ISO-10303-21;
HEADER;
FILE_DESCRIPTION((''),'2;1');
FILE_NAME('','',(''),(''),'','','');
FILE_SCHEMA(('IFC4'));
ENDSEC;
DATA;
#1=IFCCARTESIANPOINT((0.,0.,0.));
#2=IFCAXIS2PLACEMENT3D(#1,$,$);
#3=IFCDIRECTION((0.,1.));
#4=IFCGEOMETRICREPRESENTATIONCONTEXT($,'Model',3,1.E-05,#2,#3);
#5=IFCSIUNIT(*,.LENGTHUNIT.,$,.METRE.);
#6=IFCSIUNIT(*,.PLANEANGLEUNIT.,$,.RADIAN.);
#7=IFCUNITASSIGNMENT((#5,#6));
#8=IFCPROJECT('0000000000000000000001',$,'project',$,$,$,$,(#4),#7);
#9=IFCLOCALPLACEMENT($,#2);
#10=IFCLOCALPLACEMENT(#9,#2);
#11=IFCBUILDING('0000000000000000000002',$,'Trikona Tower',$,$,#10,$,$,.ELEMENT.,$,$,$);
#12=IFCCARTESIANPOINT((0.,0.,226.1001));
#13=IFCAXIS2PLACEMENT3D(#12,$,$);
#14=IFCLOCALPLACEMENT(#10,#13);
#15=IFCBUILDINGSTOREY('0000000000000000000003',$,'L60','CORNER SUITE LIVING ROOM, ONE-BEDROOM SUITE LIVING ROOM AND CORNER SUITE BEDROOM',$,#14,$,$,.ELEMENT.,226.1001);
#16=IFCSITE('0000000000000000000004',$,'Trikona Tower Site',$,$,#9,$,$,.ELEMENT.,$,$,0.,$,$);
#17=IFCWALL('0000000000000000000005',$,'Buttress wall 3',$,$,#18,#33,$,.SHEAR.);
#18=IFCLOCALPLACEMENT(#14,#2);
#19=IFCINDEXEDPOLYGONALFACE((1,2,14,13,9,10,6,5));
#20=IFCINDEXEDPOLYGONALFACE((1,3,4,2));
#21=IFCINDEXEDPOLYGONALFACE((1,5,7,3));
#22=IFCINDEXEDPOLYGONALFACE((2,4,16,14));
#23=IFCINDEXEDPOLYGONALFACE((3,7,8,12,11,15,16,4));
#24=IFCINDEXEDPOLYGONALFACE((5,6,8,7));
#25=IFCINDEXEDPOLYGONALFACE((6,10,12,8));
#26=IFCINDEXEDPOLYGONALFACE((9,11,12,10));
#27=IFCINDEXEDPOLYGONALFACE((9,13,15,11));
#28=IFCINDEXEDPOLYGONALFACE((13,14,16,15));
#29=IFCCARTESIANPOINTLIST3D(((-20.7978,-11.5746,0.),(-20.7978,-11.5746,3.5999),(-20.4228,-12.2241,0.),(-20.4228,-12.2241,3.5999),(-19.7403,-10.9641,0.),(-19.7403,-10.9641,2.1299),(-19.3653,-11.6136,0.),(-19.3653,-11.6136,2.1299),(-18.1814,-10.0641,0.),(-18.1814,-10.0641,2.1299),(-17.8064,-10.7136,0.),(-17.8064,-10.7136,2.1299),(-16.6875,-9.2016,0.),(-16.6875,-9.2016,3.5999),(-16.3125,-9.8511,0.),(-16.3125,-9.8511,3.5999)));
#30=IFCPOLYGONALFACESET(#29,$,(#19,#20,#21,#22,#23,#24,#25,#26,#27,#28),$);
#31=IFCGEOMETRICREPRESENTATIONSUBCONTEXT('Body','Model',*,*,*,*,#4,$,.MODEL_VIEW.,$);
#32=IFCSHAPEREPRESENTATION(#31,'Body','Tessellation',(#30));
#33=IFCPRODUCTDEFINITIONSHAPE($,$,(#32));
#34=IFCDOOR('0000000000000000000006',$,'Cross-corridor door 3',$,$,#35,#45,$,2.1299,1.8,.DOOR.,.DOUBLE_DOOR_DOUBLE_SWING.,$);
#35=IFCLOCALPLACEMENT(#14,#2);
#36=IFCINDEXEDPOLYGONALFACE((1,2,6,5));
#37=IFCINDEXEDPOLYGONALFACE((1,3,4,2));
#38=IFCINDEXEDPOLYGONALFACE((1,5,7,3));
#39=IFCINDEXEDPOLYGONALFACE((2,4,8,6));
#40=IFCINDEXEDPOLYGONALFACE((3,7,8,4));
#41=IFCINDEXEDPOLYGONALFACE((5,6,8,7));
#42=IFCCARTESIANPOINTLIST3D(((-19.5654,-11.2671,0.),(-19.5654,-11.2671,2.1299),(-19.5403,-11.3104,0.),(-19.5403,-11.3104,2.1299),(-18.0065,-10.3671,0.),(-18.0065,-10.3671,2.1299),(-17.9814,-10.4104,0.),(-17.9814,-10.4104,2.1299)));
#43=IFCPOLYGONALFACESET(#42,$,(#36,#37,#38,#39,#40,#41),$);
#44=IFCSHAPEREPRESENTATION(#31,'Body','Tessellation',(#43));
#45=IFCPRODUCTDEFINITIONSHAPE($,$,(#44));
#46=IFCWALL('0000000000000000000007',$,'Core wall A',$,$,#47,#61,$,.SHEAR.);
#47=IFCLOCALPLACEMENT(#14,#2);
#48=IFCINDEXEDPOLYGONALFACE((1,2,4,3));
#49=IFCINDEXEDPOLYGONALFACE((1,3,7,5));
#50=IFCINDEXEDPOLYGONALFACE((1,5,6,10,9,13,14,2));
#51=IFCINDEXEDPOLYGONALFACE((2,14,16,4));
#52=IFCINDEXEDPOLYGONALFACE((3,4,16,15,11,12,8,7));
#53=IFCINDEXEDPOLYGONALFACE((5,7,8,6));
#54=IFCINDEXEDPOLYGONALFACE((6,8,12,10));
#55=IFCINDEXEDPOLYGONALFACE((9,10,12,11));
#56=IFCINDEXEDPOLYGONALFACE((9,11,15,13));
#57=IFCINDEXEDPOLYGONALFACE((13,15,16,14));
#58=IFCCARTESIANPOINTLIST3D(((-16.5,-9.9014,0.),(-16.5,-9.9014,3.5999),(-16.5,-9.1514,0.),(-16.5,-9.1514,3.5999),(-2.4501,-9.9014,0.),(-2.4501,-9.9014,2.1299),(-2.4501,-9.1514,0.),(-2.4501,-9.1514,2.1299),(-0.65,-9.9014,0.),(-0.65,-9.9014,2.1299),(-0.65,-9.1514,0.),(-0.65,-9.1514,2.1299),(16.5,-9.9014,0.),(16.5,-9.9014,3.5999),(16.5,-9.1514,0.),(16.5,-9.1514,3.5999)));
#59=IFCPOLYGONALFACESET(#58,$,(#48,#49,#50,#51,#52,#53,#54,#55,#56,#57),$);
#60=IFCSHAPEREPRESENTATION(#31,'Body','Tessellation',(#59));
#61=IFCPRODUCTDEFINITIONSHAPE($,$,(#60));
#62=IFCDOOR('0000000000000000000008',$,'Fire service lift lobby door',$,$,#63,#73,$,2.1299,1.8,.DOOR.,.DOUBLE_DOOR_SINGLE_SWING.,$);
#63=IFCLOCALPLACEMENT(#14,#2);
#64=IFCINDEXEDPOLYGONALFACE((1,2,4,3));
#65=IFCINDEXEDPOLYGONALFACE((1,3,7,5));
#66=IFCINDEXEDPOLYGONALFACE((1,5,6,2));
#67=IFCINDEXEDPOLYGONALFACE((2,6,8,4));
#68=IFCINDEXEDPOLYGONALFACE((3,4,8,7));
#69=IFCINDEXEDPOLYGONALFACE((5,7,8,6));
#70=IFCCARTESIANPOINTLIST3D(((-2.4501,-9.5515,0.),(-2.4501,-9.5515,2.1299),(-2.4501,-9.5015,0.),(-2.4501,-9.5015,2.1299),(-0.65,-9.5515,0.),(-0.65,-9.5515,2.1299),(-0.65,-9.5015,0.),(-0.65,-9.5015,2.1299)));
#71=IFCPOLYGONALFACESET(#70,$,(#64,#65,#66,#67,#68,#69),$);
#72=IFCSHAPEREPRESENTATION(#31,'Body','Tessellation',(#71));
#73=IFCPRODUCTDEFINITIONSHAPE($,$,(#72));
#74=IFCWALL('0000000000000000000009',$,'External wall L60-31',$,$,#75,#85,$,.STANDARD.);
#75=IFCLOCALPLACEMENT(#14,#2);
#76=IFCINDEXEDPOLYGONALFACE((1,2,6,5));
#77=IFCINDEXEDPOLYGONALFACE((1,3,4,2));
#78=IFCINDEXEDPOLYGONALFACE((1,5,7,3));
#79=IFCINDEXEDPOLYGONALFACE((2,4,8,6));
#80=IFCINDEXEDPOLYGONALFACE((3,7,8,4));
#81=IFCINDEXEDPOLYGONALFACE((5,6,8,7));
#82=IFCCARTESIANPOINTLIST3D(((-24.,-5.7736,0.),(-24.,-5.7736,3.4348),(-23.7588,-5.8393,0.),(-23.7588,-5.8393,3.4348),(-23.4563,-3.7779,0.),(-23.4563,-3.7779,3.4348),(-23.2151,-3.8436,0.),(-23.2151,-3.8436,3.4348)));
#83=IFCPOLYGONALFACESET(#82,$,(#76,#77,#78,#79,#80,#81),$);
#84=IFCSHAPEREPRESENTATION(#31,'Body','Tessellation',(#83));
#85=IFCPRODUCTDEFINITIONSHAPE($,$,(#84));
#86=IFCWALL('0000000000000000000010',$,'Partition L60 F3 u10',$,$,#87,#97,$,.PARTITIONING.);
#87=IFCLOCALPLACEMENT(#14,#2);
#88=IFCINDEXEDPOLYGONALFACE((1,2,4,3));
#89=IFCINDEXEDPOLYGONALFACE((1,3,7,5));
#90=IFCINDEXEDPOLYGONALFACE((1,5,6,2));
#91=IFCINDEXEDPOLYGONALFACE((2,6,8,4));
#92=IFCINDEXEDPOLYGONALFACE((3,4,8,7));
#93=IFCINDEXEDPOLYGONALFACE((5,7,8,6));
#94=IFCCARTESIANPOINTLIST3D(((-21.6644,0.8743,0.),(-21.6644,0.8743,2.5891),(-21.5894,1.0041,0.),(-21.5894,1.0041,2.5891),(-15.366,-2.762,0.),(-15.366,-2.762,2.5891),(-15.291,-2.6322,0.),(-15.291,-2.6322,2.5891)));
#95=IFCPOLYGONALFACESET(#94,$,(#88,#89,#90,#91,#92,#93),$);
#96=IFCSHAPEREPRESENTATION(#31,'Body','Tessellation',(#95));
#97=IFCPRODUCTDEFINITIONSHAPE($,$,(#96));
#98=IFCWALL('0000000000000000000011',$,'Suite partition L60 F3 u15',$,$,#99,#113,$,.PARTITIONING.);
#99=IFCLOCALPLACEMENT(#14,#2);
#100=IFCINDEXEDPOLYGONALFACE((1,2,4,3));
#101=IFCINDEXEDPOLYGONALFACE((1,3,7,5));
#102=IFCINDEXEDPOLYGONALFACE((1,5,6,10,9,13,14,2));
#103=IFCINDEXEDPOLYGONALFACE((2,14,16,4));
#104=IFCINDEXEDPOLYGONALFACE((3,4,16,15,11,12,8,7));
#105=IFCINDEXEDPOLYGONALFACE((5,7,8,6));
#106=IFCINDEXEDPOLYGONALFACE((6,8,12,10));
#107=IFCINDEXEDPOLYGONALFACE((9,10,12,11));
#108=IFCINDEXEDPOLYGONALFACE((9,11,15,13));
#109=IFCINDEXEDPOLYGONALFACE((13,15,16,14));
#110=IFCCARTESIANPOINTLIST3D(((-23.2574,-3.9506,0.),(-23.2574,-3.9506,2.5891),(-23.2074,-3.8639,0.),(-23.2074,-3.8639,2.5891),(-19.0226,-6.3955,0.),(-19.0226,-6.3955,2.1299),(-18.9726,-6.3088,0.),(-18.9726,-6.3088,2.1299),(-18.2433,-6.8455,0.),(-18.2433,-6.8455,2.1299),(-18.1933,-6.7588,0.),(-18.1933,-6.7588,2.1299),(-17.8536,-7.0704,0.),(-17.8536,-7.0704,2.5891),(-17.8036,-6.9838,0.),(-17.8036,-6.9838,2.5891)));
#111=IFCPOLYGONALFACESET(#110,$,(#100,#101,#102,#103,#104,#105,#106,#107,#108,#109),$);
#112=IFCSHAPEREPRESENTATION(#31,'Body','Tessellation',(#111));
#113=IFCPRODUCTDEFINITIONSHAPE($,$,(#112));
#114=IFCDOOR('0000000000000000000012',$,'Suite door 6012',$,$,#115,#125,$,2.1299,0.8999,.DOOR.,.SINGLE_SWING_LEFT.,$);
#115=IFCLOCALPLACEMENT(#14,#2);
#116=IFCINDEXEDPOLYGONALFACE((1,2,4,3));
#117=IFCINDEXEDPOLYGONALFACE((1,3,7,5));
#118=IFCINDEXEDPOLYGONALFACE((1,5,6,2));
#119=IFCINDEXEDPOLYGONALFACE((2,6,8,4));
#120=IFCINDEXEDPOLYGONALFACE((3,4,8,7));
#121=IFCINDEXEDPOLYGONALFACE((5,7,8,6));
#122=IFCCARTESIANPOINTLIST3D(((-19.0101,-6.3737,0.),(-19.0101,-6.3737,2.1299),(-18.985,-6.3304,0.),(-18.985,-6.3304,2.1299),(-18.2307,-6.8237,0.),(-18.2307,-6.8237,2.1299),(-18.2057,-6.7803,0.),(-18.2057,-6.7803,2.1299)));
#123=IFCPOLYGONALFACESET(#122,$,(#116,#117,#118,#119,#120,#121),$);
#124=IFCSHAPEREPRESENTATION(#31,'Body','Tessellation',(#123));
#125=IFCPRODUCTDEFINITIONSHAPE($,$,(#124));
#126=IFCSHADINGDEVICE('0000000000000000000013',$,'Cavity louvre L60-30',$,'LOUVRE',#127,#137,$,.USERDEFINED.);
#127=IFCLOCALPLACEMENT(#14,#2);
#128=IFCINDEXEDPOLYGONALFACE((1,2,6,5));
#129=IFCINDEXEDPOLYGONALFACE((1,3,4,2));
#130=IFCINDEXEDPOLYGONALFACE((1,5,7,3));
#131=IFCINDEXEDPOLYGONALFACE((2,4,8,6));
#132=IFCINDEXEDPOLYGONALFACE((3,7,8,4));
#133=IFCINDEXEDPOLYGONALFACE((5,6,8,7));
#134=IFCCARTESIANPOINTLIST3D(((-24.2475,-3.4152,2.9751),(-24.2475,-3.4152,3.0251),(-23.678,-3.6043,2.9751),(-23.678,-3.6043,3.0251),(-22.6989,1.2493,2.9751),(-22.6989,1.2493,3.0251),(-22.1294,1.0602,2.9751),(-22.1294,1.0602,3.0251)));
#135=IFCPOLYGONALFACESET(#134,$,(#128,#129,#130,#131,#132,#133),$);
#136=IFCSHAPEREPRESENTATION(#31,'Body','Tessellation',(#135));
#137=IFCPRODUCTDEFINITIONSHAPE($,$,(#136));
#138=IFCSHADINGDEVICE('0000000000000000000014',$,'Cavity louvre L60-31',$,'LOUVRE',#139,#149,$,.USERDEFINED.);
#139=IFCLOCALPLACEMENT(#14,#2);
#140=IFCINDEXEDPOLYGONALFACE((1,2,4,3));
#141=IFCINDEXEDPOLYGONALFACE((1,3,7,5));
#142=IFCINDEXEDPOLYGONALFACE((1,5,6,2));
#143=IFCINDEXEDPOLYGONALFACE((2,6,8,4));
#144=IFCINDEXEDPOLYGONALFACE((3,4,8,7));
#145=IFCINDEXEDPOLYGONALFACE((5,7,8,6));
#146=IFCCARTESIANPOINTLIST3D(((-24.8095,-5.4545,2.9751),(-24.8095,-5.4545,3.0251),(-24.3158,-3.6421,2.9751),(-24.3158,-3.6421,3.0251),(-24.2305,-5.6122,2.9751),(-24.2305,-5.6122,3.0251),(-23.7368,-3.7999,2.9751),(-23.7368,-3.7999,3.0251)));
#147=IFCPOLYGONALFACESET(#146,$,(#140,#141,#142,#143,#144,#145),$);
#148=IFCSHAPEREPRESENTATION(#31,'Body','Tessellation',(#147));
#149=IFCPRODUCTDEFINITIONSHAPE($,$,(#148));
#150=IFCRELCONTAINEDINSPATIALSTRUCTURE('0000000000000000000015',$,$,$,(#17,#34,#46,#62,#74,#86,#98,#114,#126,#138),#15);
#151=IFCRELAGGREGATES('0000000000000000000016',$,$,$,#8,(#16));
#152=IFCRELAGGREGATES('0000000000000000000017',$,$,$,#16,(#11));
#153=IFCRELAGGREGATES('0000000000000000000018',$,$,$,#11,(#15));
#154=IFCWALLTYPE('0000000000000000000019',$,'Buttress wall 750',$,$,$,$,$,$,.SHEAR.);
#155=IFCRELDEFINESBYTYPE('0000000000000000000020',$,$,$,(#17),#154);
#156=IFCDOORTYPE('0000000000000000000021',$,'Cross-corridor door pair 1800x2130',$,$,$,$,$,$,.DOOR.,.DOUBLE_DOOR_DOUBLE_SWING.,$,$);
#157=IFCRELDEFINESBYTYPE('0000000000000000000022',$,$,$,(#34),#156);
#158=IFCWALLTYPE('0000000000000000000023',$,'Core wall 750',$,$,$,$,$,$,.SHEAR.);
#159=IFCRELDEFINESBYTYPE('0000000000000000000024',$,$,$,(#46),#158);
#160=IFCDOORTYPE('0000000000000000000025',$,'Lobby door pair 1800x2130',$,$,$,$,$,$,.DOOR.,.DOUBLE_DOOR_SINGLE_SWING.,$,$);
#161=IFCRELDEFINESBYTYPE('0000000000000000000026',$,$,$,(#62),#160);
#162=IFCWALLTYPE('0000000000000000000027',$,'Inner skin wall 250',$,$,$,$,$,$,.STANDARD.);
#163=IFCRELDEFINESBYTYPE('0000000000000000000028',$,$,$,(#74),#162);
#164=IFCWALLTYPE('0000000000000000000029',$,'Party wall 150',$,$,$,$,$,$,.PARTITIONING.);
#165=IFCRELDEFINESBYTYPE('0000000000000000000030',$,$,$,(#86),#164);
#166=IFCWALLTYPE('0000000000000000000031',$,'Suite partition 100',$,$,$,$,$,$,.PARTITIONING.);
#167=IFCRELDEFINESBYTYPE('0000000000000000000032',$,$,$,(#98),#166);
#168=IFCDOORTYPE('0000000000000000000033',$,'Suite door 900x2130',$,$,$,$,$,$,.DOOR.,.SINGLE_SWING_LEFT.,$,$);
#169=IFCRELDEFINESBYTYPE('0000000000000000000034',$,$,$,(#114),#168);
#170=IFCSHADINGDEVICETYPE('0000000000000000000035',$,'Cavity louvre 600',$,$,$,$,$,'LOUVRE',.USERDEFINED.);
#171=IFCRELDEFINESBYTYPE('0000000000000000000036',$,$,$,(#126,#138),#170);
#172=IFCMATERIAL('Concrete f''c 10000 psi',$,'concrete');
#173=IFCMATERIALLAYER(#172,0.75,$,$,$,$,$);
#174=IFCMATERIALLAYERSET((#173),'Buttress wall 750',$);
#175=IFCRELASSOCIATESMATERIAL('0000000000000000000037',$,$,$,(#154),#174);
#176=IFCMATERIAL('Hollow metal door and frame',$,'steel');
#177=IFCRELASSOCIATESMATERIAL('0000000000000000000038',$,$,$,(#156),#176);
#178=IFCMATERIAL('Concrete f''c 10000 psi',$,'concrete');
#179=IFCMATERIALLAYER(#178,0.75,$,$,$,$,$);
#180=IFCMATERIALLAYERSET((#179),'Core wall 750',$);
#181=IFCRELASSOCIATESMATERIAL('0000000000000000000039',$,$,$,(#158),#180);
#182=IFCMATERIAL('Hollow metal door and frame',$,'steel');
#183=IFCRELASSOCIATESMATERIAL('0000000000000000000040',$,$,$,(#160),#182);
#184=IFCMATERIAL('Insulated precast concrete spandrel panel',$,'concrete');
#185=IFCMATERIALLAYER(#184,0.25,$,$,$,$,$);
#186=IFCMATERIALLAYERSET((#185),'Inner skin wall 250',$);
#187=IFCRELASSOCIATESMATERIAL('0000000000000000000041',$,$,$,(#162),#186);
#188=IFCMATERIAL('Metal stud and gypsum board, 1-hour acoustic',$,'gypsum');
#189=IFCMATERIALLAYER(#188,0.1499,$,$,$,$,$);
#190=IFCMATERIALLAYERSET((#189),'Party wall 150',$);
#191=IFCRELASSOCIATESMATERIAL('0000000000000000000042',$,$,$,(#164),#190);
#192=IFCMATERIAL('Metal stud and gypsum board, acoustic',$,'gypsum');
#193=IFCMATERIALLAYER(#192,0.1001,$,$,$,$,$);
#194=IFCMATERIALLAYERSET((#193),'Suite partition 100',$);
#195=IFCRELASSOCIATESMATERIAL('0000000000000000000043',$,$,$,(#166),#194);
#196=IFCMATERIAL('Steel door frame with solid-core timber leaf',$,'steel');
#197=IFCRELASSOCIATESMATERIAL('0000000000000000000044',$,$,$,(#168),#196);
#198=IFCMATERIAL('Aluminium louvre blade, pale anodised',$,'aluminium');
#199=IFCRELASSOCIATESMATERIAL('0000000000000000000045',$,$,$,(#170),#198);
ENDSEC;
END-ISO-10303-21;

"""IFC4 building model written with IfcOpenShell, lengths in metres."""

from ifc_helpers import new_model, si_unit, direction, frame, frame_2d, origin, origin_2d, place, context, subcontext, project, spatial, rectangle, extrude, material, layer, layer_set, type_object, element, fill, save


model = new_model("IFC4")

# Units and contexts
model_context = context("Model", 3, precision=1e-05, world=origin(), true_north=direction((0.0, 1.0)))
body_context = subcontext(model_context, "Body", "Model", "MODEL_VIEW")
ifc_project = project(units=[si_unit("LENGTHUNIT", "METRE"), si_unit("PLANEANGLEUNIT", "RADIAN")], contexts=[model_context])

# Site, building, storey
site_placement = place(None, origin())
site = spatial("IfcSite", under=ifc_project, at=site_placement, Name="Trikona Tower Site", CompositionType="ELEMENT", RefElevation=0.0)
building_placement = place(site_placement, origin())
building = spatial("IfcBuilding", under=site, at=building_placement, Name="Trikona Tower", CompositionType="ELEMENT")
storey_placement = place(building_placement, frame((0.0, 0.0, 226.1001)))
storey = spatial("IfcBuildingStorey", under=building, at=storey_placement, Name="L60", Description="CORNER SUITE LIVING ROOM, ONE-BEDROOM SUITE LIVING ROOM AND CORNER SUITE BEDROOM", CompositionType="ELEMENT", Elevation=226.1001)

# Walls, openings, doors
ifc_material_1 = material(Name="Concrete f'c 10000 psi", Category="concrete")
ifc_layer_1 = layer(ifc_material_1, 0.75)
ifc_layer_set_1 = layer_set([ifc_layer_1], Name="Buttress wall 750")
wall_type_1 = type_object("IfcWallType", Name="Buttress wall 750", PredefinedType="SHEAR", material=ifc_layer_set_1)
wall_1_placement = place(storey_placement, frame((-16.5, -9.5264, 0.0), z_axis=(0.0, 0.0, 1.0), x_axis=(-0.866031, -0.49999, 0.0)))
wall_1 = element("IfcWall", 1, at=wall_1_placement, inside=storey, type_object=wall_type_1, Name="Buttress wall 3", PredefinedType="SHEAR", context=body_context, shape_type="SweptSolid", body=[
    extrude(rectangle(XDim=4.7461, YDim=0.75, at=frame_2d((2.373, 0.0))), origin(), (0.0, 0.0, 1.0), 3.5999),
])
opening_1_placement = place(wall_1_placement, frame((1.7251, 0.0, 0.0)))
opening_1 = element("IfcOpeningElement", 2, at=opening_1_placement, cuts=wall_1, PredefinedType="OPENING", context=body_context, shape_type="SweptSolid", body=[
    extrude(rectangle(XDim=1.8, YDim=2.1299, at=frame_2d((0.8999, 1.0649))), frame((0.0, 0.385, 0.0), z_axis=(0.0, -1.0, 0.0), x_axis=(1.0, 0.0, 0.0)), (0.0, 0.0, 1.0), 0.77),
])
ifc_material_2 = material(Name="Hollow metal door and frame", Category="steel")
door_type_1 = type_object("IfcDoorType", Name="Cross-corridor door pair 1800x2130", OperationType="DOUBLE_DOOR_DOUBLE_SWING", PredefinedType="DOOR", material=ifc_material_2)
door_1_placement = place(opening_1_placement, origin())
door_1 = element("IfcDoor", 3, at=door_1_placement, inside=storey, type_object=door_type_1, Name="Cross-corridor door 3", OperationType="DOUBLE_DOOR_DOUBLE_SWING", OverallHeight=2.1299, OverallWidth=1.8, PredefinedType="DOOR", context=body_context, shape_type="SweptSolid", body=[
    extrude(rectangle(XDim=1.8, YDim=2.1299, at=frame_2d((0.8999, 1.0649))), frame((0.0, 0.0249, 0.0), z_axis=(0.0, -1.0, 0.0), x_axis=(1.0, 0.0, 0.0)), (0.0, 0.0, 1.0), 0.05),
])
fill(opening_1, door_1)
ifc_material_3 = material(Name="Concrete f'c 10000 psi", Category="concrete")
ifc_layer_2 = layer(ifc_material_3, 0.75)
ifc_layer_set_2 = layer_set([ifc_layer_2], Name="Core wall 750")
wall_type_2 = type_object("IfcWallType", Name="Core wall 750", PredefinedType="SHEAR", material=ifc_layer_set_2)
wall_2_placement = place(storey_placement, frame((-16.5, -9.5264, 0.0), z_axis=(0.0, 0.0, 1.0), x_axis=(1.0, 0.0, 0.0)))
wall_2 = element("IfcWall", 4, at=wall_2_placement, inside=storey, type_object=wall_type_2, Name="Core wall A", PredefinedType="SHEAR", context=body_context, shape_type="SweptSolid", body=[
    extrude(rectangle(XDim=33.0, YDim=0.75, at=frame_2d((16.5, 0.0))), origin(), (0.0, 0.0, 1.0), 3.5999),
])
opening_2_placement = place(wall_2_placement, frame((14.05, 0.0, 0.0)))
opening_2 = element("IfcOpeningElement", 5, at=opening_2_placement, cuts=wall_2, PredefinedType="OPENING", context=body_context, shape_type="SweptSolid", body=[
    extrude(rectangle(XDim=1.8, YDim=2.1299, at=frame_2d((0.8999, 1.0649))), frame((0.0, 0.385, 0.0), z_axis=(0.0, -1.0, 0.0), x_axis=(1.0, 0.0, 0.0)), (0.0, 0.0, 1.0), 0.77),
])
ifc_material_4 = material(Name="Hollow metal door and frame", Category="steel")
door_type_2 = type_object("IfcDoorType", Name="Lobby door pair 1800x2130", OperationType="DOUBLE_DOOR_SINGLE_SWING", PredefinedType="DOOR", material=ifc_material_4)
door_2_placement = place(opening_2_placement, origin())
door_2 = element("IfcDoor", 6, at=door_2_placement, inside=storey, type_object=door_type_2, Name="Fire service lift lobby door", OperationType="DOUBLE_DOOR_SINGLE_SWING", OverallHeight=2.1299, OverallWidth=1.8, PredefinedType="DOOR", context=body_context, shape_type="SweptSolid", body=[
    extrude(rectangle(XDim=1.8, YDim=2.1299, at=frame_2d((0.8999, 1.0649))), frame((0.0, 0.0249, 0.0), z_axis=(0.0, -1.0, 0.0), x_axis=(1.0, 0.0, 0.0)), (0.0, 0.0, 1.0), 0.05),
])
fill(opening_2, door_2)

# Walls
ifc_material_5 = material(Name="Insulated precast concrete spandrel panel", Category="concrete")
ifc_layer_3 = layer(ifc_material_5, 0.25)
ifc_layer_set_3 = layer_set([ifc_layer_3], Name="Inner skin wall 250")
wall_type_3 = type_object("IfcWallType", Name="Inner skin wall 250", PredefinedType="STANDARD", material=ifc_layer_set_3)
wall_3_placement = place(storey_placement, frame((-23.3357, -3.8108, 0.0), z_axis=(0.0, 0.0, 1.0), x_axis=(-0.262868, -0.964832, 0.0)))
element("IfcWall", 7, at=wall_3_placement, inside=storey, type_object=wall_type_3, Name="External wall L60-31", PredefinedType="STANDARD", context=body_context, shape_type="SweptSolid", body=[
    extrude(rectangle(XDim=2.0684, YDim=0.25, at=frame_2d((1.0342, 0.0))), origin(), (0.0, 0.0, 1.0), 3.4348),
])
ifc_material_6 = material(Name="Metal stud and gypsum board, 1-hour acoustic", Category="gypsum")
ifc_layer_4 = layer(ifc_material_6, 0.1499)
ifc_layer_set_4 = layer_set([ifc_layer_4], Name="Party wall 150")
wall_type_4 = type_object("IfcWallType", Name="Party wall 150", PredefinedType="PARTITIONING", material=ifc_layer_set_4)
wall_4_placement = place(storey_placement, frame((-15.3286, -2.697, 0.0), z_axis=(0.0, 0.0, 1.0), x_axis=(-0.866032, 0.499988, 0.0)))
element("IfcWall", 8, at=wall_4_placement, inside=storey, type_object=wall_type_4, Name="Partition L60 F3 u10", PredefinedType="PARTITIONING", context=body_context, shape_type="SweptSolid", body=[
    extrude(rectangle(XDim=7.2727, YDim=0.1499, at=frame_2d((3.6362, 0.0))), origin(), (0.0, 0.0, 1.0), 2.5891),
])

# Wall, opening, door
ifc_material_7 = material(Name="Metal stud and gypsum board, acoustic", Category="gypsum")
ifc_layer_5 = layer(ifc_material_7, 0.1001)
ifc_layer_set_5 = layer_set([ifc_layer_5], Name="Suite partition 100")
wall_type_5 = type_object("IfcWallType", Name="Suite partition 100", PredefinedType="PARTITIONING", material=ifc_layer_set_5)
wall_5_placement = place(storey_placement, frame((-17.8286, -7.0271, 0.0), z_axis=(0.0, 0.0, 1.0), x_axis=(-0.866027, 0.499998, 0.0)))
wall_5 = element("IfcWall", 9, at=wall_5_placement, inside=storey, type_object=wall_type_5, Name="Suite partition L60 F3 u15", PredefinedType="PARTITIONING", context=body_context, shape_type="SweptSolid", body=[
    extrude(rectangle(XDim=6.2397, YDim=0.1001, at=frame_2d((3.1199, 0.0))), origin(), (0.0, 0.0, 1.0), 2.5891),
])
opening_3_placement = place(wall_5_placement, frame((0.45, 0.0, 0.0)))
opening_3 = element("IfcOpeningElement", 10, at=opening_3_placement, cuts=wall_5, PredefinedType="OPENING", context=body_context, shape_type="SweptSolid", body=[
    extrude(rectangle(XDim=0.8999, YDim=2.1299, at=frame_2d((0.45, 1.0649))), frame((0.0, 0.0601, 0.0), z_axis=(0.0, -1.0, 0.0), x_axis=(1.0, 0.0, 0.0)), (0.0, 0.0, 1.0), 0.1201),
])
ifc_material_8 = material(Name="Steel door frame with solid-core timber leaf", Category="steel")
door_type_3 = type_object("IfcDoorType", Name="Suite door 900x2130", OperationType="SINGLE_SWING_LEFT", PredefinedType="DOOR", material=ifc_material_8)
door_3_placement = place(opening_3_placement, origin())
door_3 = element("IfcDoor", 11, at=door_3_placement, inside=storey, type_object=door_type_3, Name="Suite door 6012", OperationType="SINGLE_SWING_LEFT", OverallHeight=2.1299, OverallWidth=0.8999, PredefinedType="DOOR", context=body_context, shape_type="SweptSolid", body=[
    extrude(rectangle(XDim=0.8999, YDim=2.1299, at=frame_2d((0.45, 1.0649))), frame((0.0, 0.0249, 0.0), z_axis=(0.0, -1.0, 0.0), x_axis=(1.0, 0.0, 0.0)), (0.0, 0.0, 1.0), 0.05),
])
fill(opening_3, door_3)

# Shading devices
ifc_material_9 = material(Name="Aluminium louvre blade, pale anodised", Category="aluminium")
shading_device_type = type_object("IfcShadingDeviceType", Name="Cavity louvre 600", ElementType="LOUVRE", PredefinedType="USERDEFINED", material=ifc_material_9)
shading_device_1_placement = place(storey_placement, frame((-23.1885, -1.1775, 2.9751), z_axis=(0.0, 0.0, 1.0), x_axis=(-0.315093, -0.949061, 0.0)))
element("IfcShadingDevice", 12, at=shading_device_1_placement, inside=storey, type_object=shading_device_type, Name="Cavity louvre L60-30", ObjectType="LOUVRE", PredefinedType="USERDEFINED", context=body_context, shape_type="SweptSolid", body=[
    extrude(rectangle(XDim=4.9148, YDim=0.6001, at=origin_2d()), origin(), (0.0, 0.0, 1.0), 0.05),
])
shading_device_2_placement = place(storey_placement, frame((-24.2732, -4.6272, 2.9751), z_axis=(0.0, 0.0, 1.0), x_axis=(-0.262822, -0.964844, 0.0)))
element("IfcShadingDevice", 13, at=shading_device_2_placement, inside=storey, type_object=shading_device_type, Name="Cavity louvre L60-31", ObjectType="LOUVRE", PredefinedType="USERDEFINED", context=body_context, shape_type="SweptSolid", body=[
    extrude(rectangle(XDim=1.8784, YDim=0.6001, at=origin_2d()), origin(), (0.0, 0.0, 1.0), 0.05),
])

save(model, "model.ifc")
